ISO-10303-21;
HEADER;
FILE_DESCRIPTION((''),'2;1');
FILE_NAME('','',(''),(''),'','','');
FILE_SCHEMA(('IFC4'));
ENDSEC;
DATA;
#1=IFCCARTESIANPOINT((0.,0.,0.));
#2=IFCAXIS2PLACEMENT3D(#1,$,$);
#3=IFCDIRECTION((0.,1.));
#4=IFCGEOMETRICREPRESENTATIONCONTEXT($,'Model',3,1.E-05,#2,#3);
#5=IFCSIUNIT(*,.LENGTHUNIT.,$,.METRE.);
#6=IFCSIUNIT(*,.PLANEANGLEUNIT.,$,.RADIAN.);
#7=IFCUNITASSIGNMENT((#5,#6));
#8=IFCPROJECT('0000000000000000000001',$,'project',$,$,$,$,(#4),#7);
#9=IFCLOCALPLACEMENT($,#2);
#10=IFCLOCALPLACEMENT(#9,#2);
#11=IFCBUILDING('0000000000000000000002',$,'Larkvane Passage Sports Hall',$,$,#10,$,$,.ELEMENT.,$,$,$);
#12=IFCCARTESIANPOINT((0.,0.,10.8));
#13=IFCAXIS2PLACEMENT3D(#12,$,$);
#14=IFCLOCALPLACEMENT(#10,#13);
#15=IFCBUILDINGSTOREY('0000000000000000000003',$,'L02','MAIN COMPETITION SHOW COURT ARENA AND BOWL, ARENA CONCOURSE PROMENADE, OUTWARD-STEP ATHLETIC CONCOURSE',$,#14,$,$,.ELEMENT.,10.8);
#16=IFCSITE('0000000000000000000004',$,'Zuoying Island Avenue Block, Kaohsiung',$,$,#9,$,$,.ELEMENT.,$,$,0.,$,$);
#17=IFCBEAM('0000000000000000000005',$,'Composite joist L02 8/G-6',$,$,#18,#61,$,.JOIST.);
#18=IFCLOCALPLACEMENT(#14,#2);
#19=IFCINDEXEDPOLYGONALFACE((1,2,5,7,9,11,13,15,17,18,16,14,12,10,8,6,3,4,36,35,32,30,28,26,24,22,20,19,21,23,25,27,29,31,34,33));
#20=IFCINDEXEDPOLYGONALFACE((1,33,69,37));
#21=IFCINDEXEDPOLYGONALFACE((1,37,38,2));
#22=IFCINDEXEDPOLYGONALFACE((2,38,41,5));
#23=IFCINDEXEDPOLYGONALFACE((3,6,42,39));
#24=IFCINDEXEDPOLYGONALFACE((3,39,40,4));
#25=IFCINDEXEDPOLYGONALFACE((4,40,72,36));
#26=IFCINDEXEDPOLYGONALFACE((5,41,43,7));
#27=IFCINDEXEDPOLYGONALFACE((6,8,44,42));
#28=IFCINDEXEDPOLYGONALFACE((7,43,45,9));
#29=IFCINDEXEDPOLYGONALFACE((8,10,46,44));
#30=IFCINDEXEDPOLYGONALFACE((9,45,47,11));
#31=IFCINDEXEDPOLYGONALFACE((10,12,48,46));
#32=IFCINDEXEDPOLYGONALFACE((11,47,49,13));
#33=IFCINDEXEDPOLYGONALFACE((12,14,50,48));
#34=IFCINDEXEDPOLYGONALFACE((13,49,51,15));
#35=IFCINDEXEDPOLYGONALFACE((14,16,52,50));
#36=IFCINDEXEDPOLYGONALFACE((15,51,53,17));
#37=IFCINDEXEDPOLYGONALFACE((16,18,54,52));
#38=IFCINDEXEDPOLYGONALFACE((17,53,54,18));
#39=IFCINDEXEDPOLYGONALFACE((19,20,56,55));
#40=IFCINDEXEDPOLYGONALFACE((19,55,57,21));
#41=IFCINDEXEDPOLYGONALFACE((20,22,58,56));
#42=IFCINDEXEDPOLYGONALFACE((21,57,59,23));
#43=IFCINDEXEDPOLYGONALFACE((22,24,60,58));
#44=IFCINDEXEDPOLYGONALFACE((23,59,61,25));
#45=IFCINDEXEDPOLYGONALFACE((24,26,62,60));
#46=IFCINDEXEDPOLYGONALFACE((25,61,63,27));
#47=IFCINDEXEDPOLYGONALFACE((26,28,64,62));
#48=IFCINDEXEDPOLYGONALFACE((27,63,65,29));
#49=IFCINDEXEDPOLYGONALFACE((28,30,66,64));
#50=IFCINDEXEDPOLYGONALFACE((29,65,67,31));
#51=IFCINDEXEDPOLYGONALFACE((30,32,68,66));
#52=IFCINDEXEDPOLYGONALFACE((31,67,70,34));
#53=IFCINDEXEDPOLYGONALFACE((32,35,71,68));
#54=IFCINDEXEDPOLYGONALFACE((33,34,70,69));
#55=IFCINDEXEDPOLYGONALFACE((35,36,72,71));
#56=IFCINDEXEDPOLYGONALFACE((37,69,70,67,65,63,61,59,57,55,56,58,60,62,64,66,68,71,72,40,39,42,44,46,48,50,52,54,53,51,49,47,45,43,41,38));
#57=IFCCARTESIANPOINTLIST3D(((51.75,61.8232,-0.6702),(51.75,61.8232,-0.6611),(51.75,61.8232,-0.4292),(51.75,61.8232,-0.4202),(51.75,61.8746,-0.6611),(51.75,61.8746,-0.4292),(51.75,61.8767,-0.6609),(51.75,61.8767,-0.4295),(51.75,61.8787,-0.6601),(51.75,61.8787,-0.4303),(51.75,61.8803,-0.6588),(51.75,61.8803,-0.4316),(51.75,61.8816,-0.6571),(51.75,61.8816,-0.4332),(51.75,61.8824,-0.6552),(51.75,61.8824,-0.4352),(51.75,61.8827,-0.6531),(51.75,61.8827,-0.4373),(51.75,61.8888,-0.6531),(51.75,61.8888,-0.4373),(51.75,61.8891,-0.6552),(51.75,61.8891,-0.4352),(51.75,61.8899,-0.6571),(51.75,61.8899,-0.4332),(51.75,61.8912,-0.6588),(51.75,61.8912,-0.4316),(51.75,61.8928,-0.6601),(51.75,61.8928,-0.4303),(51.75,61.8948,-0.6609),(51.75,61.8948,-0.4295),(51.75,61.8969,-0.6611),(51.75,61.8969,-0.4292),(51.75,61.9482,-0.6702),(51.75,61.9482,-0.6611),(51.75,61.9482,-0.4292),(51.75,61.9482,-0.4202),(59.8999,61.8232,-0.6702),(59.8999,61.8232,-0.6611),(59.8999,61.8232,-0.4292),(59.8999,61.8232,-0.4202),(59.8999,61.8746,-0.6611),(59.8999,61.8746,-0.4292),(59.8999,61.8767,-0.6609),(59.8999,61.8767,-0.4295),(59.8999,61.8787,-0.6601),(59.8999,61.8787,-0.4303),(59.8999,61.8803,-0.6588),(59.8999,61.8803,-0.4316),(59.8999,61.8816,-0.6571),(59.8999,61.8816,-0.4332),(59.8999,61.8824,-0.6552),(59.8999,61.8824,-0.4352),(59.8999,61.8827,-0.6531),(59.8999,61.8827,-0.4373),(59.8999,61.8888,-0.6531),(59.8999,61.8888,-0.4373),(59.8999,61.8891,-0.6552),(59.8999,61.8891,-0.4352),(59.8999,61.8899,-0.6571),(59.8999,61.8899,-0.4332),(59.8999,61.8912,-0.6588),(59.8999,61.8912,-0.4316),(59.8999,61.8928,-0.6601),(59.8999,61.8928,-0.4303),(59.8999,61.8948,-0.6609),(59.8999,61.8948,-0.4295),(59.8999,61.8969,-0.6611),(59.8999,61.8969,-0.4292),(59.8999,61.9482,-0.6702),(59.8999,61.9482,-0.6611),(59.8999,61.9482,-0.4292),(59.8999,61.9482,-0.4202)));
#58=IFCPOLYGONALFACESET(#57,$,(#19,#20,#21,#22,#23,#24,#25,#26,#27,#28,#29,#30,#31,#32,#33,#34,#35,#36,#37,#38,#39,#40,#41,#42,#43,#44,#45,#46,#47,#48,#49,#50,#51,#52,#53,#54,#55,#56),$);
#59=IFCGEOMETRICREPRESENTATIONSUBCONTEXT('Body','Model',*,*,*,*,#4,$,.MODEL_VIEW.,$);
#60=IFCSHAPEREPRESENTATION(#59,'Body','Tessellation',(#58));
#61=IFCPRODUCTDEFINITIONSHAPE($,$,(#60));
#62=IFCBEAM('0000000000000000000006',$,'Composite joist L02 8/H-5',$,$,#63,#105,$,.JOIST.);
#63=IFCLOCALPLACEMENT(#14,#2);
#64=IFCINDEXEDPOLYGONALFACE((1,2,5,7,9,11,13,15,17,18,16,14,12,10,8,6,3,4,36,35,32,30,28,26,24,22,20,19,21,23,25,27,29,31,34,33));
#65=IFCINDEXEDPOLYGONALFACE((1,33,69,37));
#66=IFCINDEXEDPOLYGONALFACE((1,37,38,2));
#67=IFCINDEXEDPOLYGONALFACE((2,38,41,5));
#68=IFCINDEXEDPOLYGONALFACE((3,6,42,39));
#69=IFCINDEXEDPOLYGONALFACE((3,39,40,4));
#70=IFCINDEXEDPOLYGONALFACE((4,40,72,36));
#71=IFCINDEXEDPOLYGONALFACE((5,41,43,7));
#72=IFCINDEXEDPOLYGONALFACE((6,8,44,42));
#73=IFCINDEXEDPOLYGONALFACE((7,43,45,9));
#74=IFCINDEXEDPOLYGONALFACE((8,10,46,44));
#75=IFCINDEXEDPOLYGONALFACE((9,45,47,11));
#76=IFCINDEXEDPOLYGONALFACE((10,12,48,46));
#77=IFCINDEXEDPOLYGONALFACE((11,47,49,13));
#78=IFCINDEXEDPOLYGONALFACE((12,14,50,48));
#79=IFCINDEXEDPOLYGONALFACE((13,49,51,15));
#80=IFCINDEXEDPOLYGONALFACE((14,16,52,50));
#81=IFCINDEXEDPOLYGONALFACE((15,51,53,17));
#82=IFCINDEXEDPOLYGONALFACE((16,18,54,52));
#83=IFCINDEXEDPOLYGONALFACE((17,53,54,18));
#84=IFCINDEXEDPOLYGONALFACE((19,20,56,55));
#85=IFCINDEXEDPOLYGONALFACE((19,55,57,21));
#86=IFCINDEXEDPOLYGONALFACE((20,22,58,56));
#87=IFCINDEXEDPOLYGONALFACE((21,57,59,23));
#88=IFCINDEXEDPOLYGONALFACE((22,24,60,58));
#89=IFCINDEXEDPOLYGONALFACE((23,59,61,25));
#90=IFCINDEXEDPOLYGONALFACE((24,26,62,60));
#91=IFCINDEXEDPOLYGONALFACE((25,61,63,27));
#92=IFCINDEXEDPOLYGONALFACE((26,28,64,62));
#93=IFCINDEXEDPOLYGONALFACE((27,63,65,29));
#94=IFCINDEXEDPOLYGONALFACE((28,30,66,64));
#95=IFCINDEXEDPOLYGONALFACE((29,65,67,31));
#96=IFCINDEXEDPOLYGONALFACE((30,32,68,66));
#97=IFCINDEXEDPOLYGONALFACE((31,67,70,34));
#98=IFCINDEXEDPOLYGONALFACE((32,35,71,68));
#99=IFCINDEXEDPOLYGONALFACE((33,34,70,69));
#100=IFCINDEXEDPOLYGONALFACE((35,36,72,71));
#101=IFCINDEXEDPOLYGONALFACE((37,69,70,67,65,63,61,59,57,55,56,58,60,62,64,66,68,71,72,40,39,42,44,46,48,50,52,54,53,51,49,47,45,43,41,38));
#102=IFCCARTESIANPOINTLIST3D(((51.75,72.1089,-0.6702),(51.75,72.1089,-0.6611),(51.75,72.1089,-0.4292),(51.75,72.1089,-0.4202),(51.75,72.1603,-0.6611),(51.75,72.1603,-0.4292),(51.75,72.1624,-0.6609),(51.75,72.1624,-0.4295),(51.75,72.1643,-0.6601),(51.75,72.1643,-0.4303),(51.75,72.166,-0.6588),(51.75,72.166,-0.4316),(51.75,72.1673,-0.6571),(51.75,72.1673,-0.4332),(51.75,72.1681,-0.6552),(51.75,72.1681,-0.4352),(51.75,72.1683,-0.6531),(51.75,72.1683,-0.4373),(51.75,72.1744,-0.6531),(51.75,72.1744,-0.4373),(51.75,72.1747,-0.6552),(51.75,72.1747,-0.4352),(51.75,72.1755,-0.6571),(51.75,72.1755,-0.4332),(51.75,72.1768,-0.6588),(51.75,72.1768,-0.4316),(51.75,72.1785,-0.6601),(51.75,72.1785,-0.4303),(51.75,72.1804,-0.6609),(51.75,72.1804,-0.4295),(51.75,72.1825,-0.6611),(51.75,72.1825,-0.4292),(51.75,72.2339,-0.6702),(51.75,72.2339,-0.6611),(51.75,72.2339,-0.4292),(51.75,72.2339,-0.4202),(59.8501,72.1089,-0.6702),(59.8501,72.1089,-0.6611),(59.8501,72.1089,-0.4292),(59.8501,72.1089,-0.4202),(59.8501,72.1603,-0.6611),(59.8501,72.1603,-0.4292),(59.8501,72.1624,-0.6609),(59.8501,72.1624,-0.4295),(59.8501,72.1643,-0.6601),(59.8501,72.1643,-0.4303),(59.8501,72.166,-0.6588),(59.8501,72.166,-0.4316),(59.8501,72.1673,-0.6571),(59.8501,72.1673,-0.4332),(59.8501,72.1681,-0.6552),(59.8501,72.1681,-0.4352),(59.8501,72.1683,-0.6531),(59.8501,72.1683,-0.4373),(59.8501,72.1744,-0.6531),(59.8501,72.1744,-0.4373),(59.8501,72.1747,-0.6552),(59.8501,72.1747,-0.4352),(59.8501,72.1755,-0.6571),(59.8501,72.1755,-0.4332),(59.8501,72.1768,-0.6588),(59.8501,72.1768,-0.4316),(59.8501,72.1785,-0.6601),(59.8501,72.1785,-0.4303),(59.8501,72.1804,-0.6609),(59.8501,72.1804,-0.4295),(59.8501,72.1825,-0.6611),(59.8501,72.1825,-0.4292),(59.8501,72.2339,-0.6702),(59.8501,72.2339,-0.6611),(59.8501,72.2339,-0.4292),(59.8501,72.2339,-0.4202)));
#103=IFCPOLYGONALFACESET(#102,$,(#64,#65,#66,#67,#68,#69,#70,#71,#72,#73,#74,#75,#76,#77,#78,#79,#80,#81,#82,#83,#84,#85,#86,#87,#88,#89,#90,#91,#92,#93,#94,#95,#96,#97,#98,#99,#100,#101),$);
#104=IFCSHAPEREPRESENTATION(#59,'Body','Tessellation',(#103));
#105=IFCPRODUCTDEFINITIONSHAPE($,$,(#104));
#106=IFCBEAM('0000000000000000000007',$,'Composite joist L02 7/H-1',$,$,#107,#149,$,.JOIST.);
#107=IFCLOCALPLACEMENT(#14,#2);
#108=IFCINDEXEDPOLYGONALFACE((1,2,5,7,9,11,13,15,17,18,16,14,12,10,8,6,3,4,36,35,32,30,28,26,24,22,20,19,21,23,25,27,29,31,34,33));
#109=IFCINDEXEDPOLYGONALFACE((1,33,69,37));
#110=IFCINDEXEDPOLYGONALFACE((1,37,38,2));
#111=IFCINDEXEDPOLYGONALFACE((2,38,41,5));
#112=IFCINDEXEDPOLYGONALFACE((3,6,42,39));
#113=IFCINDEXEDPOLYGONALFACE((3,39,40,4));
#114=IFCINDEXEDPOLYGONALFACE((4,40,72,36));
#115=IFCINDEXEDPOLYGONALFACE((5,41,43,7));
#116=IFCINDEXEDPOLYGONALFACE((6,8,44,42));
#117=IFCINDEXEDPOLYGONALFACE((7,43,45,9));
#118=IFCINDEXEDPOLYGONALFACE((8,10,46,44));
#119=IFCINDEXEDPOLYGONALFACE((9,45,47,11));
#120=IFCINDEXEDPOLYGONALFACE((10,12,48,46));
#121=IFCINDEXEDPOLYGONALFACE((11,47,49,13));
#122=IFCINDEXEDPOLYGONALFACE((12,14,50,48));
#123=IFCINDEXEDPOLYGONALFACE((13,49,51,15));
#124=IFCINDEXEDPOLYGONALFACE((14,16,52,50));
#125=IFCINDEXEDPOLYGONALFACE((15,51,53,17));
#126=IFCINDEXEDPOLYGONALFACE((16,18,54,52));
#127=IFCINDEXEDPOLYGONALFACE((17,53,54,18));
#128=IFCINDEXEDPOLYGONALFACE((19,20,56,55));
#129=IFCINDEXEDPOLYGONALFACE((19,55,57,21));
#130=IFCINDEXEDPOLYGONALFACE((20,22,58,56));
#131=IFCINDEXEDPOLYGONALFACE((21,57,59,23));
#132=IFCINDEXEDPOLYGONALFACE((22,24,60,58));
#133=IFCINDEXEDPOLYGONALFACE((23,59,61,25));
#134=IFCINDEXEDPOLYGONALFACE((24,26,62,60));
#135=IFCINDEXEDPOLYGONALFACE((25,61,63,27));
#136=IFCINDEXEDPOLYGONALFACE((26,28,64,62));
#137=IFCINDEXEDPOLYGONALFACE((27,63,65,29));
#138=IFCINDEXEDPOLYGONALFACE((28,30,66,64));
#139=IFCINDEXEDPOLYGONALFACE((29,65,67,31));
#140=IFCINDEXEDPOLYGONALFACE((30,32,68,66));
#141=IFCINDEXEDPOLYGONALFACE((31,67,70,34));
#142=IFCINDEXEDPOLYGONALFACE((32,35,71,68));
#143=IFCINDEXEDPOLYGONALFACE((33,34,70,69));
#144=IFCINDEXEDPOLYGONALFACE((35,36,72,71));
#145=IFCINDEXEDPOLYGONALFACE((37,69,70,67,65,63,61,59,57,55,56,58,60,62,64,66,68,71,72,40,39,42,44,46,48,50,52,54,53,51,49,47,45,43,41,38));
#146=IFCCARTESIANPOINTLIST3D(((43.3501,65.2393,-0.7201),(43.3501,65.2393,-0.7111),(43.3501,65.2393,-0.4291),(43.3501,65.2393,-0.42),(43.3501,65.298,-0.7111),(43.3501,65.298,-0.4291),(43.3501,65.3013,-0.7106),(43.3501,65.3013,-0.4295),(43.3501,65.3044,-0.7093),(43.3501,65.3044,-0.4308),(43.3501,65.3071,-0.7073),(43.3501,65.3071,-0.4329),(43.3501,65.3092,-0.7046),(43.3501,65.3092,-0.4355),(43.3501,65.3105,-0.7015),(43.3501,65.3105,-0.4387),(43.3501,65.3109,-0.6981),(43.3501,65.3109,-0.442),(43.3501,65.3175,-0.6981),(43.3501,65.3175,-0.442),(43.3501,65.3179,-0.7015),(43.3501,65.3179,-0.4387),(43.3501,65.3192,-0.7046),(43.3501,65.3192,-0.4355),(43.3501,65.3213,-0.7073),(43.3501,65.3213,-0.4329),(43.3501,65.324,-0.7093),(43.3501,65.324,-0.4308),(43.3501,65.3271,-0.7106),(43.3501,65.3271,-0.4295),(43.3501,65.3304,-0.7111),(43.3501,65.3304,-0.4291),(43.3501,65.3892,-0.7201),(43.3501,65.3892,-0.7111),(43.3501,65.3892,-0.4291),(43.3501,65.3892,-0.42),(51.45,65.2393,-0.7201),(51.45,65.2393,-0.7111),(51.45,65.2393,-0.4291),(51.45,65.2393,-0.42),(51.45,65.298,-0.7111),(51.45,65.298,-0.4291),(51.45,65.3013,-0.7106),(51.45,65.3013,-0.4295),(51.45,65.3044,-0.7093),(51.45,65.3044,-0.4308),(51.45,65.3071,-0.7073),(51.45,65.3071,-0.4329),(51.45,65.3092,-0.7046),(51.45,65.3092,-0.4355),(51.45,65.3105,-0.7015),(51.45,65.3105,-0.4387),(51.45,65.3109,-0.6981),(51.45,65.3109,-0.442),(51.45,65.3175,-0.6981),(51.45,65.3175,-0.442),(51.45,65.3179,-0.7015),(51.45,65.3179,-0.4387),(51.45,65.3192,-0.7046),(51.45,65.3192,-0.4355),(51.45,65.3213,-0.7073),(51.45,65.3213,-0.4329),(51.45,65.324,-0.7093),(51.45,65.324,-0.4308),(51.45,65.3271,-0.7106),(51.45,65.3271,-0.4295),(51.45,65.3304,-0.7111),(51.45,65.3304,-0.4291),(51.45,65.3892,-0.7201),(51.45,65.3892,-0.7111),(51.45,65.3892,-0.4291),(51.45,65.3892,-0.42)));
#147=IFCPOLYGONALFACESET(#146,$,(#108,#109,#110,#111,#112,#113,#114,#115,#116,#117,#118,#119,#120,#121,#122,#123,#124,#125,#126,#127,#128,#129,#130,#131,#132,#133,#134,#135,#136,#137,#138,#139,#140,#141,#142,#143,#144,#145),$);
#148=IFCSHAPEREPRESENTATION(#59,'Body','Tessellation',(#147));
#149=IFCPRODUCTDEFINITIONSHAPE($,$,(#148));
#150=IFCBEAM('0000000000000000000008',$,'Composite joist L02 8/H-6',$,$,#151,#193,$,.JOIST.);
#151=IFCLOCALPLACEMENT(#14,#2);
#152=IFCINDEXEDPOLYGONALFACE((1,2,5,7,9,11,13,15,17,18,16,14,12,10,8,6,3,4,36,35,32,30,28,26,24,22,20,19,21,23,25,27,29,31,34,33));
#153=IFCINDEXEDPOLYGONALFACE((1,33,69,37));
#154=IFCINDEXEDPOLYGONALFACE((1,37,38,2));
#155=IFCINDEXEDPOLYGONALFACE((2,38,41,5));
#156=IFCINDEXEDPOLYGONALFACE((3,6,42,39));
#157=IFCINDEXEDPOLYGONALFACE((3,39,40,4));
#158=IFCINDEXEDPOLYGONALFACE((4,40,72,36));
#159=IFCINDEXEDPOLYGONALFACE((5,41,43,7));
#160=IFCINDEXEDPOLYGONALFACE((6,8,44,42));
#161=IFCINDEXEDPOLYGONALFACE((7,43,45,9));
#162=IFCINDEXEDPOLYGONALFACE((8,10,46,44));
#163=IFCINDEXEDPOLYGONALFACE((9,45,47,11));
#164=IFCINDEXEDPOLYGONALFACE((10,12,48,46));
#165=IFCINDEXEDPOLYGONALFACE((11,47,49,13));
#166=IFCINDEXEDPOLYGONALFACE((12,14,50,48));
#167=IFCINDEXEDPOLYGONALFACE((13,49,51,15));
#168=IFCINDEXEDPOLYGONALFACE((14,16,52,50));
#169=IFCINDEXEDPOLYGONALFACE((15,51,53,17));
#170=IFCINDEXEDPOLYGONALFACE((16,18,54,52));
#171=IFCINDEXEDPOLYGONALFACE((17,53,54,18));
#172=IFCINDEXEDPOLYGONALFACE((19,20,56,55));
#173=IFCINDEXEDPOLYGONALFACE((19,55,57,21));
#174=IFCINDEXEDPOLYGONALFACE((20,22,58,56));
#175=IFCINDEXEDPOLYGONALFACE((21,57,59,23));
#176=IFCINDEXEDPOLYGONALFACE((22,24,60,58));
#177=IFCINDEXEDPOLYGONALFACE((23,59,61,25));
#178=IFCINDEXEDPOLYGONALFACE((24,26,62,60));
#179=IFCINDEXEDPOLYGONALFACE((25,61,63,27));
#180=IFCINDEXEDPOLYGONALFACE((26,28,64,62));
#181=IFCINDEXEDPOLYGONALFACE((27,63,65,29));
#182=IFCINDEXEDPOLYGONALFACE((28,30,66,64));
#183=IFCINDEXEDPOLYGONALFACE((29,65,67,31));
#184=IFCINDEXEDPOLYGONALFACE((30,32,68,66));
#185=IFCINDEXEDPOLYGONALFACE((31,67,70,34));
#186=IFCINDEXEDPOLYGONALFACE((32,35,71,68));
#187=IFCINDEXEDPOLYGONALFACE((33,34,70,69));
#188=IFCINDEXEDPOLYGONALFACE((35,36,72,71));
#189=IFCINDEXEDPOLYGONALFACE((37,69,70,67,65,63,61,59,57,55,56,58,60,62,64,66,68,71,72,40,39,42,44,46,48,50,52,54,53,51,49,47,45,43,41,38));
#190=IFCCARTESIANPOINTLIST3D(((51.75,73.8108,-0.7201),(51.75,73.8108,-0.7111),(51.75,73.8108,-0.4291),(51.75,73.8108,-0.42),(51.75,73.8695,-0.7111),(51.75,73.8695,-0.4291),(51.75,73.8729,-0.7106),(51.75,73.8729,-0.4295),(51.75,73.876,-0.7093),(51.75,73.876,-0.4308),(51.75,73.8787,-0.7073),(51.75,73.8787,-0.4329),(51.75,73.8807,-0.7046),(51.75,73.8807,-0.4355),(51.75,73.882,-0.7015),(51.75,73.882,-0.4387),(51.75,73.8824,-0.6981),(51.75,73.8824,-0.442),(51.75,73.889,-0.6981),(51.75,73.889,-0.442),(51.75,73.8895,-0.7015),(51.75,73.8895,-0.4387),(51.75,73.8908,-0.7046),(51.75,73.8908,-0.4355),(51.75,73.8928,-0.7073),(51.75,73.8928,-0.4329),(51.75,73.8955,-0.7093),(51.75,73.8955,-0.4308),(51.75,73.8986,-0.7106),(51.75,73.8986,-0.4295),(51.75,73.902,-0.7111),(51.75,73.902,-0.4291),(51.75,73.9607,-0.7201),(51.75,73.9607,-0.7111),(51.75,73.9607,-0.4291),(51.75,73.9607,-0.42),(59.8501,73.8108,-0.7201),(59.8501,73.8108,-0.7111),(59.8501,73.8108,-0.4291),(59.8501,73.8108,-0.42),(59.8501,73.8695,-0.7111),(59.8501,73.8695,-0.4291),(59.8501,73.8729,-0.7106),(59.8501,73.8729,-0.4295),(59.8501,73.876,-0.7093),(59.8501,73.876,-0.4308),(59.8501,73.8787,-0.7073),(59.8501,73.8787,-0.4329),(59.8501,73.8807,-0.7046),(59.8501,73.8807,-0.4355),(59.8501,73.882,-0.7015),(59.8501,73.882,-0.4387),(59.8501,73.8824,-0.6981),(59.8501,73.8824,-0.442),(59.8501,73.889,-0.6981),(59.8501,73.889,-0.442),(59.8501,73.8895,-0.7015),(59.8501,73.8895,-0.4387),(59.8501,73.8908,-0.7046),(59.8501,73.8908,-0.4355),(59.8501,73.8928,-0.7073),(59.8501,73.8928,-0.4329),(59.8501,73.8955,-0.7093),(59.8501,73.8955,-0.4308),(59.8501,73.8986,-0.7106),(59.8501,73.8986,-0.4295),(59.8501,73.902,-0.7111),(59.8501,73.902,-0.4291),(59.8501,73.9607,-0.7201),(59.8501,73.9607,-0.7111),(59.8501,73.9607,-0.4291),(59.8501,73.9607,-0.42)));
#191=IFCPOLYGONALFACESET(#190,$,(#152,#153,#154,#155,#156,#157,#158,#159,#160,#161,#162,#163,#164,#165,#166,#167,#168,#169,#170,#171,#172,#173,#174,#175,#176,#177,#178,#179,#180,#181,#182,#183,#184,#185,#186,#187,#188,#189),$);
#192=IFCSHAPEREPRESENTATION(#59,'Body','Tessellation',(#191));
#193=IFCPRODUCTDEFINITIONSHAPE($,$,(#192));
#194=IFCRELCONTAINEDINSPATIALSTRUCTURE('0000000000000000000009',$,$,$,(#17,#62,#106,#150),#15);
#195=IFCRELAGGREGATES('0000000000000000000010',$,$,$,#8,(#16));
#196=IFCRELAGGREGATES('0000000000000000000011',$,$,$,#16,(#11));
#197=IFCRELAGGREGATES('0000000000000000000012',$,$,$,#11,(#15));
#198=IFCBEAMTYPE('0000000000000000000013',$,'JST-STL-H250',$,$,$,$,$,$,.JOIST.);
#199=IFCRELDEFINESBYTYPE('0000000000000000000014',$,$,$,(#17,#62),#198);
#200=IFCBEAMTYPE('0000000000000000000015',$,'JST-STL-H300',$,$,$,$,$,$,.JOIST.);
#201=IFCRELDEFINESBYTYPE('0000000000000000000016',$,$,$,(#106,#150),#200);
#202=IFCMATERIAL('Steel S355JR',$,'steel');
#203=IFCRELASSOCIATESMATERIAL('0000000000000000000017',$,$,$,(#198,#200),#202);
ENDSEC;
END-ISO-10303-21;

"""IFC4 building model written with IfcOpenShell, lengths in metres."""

from ifc_helpers import new_model, si_unit, direction, frame, origin, origin_2d, place, context, subcontext, project, spatial, i_section, extrude, material, material_profile, profile_set, type_object, element, save


model = new_model("IFC4")

# Units and contexts
model_context = context("Model", 3, precision=1e-05, world=origin(), true_north=direction((0.0, 1.0)))
body_context = subcontext(model_context, "Body", "Model", "MODEL_VIEW")
ifc_project = project(units=[si_unit("LENGTHUNIT", "METRE"), si_unit("PLANEANGLEUNIT", "RADIAN")], contexts=[model_context])

# Site, building, storey
site_placement = place(None, origin())
site = spatial("IfcSite", under=ifc_project, at=site_placement, Name="Zuoying Island Avenue Block, Kaohsiung", CompositionType="ELEMENT", RefElevation=0.0)
building_placement = place(site_placement, origin())
building = spatial("IfcBuilding", under=site, at=building_placement, Name="Larkvane Passage Sports Hall", CompositionType="ELEMENT")
storey_placement = place(building_placement, frame((0.0, 0.0, 10.8)))
storey = spatial("IfcBuildingStorey", under=building, at=storey_placement, Name="L02", Description="MAIN COMPETITION SHOW COURT ARENA AND BOWL, ARENA CONCOURSE PROMENADE, OUTWARD-STEP ATHLETIC CONCOURSE", CompositionType="ELEMENT", Elevation=10.8)

# Beams
ifc_material_1 = material(Name="Steel S355JR", Category="steel")
ifc_material_profile_1 = material_profile(ifc_material_1, i_section(OverallWidth=0.125, OverallDepth=0.25, WebThickness=0.0061, FlangeThickness=0.009, FilletRadius=0.0081, at=origin_2d()), Name="H-250x125x6x9")
ifc_profile_set_1 = profile_set([ifc_material_profile_1], Name="Steel S355JR")
beam_type_1 = type_object("IfcBeamType", Name="JST-STL-H250", PredefinedType="JOIST", material=ifc_profile_set_1)
beam_1_placement = place(storey_placement, frame((51.75, 61.8857, -0.5452), z_axis=(1.0, 0.0, 0.0), x_axis=(0.0, 1.0, 0.0)))
element("IfcBeam", 1, at=beam_1_placement, inside=storey, type_object=beam_type_1, Name="Composite joist L02 8/G-6", PredefinedType="JOIST", context=body_context, shape_type="SweptSolid", body=[
    extrude(i_section(OverallWidth=0.125, OverallDepth=0.25, WebThickness=0.0061, FlangeThickness=0.009, FilletRadius=0.0081, at=origin_2d()), origin(), (0.0, 0.0, 1.0), 8.1499),
])
beam_2_placement = place(storey_placement, frame((51.75, 72.1714, -0.5452), z_axis=(1.0, 0.0, 0.0), x_axis=(0.0, 1.0, 0.0)))
element("IfcBeam", 2, at=beam_2_placement, inside=storey, type_object=beam_type_1, Name="Composite joist L02 8/H-5", PredefinedType="JOIST", context=body_context, shape_type="SweptSolid", body=[
    extrude(i_section(OverallWidth=0.125, OverallDepth=0.25, WebThickness=0.0061, FlangeThickness=0.009, FilletRadius=0.0081, at=origin_2d()), origin(), (0.0, 0.0, 1.0), 8.1001),
])
ifc_material_profile_2 = material_profile(ifc_material_1, i_section(OverallWidth=0.1499, OverallDepth=0.3, WebThickness=0.0066, FlangeThickness=0.009, FilletRadius=0.0129, at=origin_2d()), Name="H-300x150x6.5x9")
ifc_profile_set_2 = profile_set([ifc_material_profile_2], Name="Steel S355JR")
beam_type_2 = type_object("IfcBeamType", Name="JST-STL-H300", PredefinedType="JOIST", material=ifc_profile_set_2)
beam_3_placement = place(storey_placement, frame((43.3501, 65.3142, -0.5701), z_axis=(1.0, 0.0, 0.0), x_axis=(0.0, 1.0, 0.0)))
element("IfcBeam", 3, at=beam_3_placement, inside=storey, type_object=beam_type_2, Name="Composite joist L02 7/H-1", PredefinedType="JOIST", context=body_context, shape_type="SweptSolid", body=[
    extrude(i_section(OverallWidth=0.1499, OverallDepth=0.3, WebThickness=0.0066, FlangeThickness=0.009, FilletRadius=0.0129, at=origin_2d()), origin(), (0.0, 0.0, 1.0), 8.0999),
])
beam_4_placement = place(storey_placement, frame((51.75, 73.8857, -0.5701), z_axis=(1.0, 0.0, 0.0), x_axis=(0.0, 1.0, 0.0)))
element("IfcBeam", 4, at=beam_4_placement, inside=storey, type_object=beam_type_2, Name="Composite joist L02 8/H-6", PredefinedType="JOIST", context=body_context, shape_type="SweptSolid", body=[
    extrude(i_section(OverallWidth=0.1499, OverallDepth=0.3, WebThickness=0.0066, FlangeThickness=0.009, FilletRadius=0.0129, at=origin_2d()), origin(), (0.0, 0.0, 1.0), 8.1001),
])

save(model, "model.ifc")
